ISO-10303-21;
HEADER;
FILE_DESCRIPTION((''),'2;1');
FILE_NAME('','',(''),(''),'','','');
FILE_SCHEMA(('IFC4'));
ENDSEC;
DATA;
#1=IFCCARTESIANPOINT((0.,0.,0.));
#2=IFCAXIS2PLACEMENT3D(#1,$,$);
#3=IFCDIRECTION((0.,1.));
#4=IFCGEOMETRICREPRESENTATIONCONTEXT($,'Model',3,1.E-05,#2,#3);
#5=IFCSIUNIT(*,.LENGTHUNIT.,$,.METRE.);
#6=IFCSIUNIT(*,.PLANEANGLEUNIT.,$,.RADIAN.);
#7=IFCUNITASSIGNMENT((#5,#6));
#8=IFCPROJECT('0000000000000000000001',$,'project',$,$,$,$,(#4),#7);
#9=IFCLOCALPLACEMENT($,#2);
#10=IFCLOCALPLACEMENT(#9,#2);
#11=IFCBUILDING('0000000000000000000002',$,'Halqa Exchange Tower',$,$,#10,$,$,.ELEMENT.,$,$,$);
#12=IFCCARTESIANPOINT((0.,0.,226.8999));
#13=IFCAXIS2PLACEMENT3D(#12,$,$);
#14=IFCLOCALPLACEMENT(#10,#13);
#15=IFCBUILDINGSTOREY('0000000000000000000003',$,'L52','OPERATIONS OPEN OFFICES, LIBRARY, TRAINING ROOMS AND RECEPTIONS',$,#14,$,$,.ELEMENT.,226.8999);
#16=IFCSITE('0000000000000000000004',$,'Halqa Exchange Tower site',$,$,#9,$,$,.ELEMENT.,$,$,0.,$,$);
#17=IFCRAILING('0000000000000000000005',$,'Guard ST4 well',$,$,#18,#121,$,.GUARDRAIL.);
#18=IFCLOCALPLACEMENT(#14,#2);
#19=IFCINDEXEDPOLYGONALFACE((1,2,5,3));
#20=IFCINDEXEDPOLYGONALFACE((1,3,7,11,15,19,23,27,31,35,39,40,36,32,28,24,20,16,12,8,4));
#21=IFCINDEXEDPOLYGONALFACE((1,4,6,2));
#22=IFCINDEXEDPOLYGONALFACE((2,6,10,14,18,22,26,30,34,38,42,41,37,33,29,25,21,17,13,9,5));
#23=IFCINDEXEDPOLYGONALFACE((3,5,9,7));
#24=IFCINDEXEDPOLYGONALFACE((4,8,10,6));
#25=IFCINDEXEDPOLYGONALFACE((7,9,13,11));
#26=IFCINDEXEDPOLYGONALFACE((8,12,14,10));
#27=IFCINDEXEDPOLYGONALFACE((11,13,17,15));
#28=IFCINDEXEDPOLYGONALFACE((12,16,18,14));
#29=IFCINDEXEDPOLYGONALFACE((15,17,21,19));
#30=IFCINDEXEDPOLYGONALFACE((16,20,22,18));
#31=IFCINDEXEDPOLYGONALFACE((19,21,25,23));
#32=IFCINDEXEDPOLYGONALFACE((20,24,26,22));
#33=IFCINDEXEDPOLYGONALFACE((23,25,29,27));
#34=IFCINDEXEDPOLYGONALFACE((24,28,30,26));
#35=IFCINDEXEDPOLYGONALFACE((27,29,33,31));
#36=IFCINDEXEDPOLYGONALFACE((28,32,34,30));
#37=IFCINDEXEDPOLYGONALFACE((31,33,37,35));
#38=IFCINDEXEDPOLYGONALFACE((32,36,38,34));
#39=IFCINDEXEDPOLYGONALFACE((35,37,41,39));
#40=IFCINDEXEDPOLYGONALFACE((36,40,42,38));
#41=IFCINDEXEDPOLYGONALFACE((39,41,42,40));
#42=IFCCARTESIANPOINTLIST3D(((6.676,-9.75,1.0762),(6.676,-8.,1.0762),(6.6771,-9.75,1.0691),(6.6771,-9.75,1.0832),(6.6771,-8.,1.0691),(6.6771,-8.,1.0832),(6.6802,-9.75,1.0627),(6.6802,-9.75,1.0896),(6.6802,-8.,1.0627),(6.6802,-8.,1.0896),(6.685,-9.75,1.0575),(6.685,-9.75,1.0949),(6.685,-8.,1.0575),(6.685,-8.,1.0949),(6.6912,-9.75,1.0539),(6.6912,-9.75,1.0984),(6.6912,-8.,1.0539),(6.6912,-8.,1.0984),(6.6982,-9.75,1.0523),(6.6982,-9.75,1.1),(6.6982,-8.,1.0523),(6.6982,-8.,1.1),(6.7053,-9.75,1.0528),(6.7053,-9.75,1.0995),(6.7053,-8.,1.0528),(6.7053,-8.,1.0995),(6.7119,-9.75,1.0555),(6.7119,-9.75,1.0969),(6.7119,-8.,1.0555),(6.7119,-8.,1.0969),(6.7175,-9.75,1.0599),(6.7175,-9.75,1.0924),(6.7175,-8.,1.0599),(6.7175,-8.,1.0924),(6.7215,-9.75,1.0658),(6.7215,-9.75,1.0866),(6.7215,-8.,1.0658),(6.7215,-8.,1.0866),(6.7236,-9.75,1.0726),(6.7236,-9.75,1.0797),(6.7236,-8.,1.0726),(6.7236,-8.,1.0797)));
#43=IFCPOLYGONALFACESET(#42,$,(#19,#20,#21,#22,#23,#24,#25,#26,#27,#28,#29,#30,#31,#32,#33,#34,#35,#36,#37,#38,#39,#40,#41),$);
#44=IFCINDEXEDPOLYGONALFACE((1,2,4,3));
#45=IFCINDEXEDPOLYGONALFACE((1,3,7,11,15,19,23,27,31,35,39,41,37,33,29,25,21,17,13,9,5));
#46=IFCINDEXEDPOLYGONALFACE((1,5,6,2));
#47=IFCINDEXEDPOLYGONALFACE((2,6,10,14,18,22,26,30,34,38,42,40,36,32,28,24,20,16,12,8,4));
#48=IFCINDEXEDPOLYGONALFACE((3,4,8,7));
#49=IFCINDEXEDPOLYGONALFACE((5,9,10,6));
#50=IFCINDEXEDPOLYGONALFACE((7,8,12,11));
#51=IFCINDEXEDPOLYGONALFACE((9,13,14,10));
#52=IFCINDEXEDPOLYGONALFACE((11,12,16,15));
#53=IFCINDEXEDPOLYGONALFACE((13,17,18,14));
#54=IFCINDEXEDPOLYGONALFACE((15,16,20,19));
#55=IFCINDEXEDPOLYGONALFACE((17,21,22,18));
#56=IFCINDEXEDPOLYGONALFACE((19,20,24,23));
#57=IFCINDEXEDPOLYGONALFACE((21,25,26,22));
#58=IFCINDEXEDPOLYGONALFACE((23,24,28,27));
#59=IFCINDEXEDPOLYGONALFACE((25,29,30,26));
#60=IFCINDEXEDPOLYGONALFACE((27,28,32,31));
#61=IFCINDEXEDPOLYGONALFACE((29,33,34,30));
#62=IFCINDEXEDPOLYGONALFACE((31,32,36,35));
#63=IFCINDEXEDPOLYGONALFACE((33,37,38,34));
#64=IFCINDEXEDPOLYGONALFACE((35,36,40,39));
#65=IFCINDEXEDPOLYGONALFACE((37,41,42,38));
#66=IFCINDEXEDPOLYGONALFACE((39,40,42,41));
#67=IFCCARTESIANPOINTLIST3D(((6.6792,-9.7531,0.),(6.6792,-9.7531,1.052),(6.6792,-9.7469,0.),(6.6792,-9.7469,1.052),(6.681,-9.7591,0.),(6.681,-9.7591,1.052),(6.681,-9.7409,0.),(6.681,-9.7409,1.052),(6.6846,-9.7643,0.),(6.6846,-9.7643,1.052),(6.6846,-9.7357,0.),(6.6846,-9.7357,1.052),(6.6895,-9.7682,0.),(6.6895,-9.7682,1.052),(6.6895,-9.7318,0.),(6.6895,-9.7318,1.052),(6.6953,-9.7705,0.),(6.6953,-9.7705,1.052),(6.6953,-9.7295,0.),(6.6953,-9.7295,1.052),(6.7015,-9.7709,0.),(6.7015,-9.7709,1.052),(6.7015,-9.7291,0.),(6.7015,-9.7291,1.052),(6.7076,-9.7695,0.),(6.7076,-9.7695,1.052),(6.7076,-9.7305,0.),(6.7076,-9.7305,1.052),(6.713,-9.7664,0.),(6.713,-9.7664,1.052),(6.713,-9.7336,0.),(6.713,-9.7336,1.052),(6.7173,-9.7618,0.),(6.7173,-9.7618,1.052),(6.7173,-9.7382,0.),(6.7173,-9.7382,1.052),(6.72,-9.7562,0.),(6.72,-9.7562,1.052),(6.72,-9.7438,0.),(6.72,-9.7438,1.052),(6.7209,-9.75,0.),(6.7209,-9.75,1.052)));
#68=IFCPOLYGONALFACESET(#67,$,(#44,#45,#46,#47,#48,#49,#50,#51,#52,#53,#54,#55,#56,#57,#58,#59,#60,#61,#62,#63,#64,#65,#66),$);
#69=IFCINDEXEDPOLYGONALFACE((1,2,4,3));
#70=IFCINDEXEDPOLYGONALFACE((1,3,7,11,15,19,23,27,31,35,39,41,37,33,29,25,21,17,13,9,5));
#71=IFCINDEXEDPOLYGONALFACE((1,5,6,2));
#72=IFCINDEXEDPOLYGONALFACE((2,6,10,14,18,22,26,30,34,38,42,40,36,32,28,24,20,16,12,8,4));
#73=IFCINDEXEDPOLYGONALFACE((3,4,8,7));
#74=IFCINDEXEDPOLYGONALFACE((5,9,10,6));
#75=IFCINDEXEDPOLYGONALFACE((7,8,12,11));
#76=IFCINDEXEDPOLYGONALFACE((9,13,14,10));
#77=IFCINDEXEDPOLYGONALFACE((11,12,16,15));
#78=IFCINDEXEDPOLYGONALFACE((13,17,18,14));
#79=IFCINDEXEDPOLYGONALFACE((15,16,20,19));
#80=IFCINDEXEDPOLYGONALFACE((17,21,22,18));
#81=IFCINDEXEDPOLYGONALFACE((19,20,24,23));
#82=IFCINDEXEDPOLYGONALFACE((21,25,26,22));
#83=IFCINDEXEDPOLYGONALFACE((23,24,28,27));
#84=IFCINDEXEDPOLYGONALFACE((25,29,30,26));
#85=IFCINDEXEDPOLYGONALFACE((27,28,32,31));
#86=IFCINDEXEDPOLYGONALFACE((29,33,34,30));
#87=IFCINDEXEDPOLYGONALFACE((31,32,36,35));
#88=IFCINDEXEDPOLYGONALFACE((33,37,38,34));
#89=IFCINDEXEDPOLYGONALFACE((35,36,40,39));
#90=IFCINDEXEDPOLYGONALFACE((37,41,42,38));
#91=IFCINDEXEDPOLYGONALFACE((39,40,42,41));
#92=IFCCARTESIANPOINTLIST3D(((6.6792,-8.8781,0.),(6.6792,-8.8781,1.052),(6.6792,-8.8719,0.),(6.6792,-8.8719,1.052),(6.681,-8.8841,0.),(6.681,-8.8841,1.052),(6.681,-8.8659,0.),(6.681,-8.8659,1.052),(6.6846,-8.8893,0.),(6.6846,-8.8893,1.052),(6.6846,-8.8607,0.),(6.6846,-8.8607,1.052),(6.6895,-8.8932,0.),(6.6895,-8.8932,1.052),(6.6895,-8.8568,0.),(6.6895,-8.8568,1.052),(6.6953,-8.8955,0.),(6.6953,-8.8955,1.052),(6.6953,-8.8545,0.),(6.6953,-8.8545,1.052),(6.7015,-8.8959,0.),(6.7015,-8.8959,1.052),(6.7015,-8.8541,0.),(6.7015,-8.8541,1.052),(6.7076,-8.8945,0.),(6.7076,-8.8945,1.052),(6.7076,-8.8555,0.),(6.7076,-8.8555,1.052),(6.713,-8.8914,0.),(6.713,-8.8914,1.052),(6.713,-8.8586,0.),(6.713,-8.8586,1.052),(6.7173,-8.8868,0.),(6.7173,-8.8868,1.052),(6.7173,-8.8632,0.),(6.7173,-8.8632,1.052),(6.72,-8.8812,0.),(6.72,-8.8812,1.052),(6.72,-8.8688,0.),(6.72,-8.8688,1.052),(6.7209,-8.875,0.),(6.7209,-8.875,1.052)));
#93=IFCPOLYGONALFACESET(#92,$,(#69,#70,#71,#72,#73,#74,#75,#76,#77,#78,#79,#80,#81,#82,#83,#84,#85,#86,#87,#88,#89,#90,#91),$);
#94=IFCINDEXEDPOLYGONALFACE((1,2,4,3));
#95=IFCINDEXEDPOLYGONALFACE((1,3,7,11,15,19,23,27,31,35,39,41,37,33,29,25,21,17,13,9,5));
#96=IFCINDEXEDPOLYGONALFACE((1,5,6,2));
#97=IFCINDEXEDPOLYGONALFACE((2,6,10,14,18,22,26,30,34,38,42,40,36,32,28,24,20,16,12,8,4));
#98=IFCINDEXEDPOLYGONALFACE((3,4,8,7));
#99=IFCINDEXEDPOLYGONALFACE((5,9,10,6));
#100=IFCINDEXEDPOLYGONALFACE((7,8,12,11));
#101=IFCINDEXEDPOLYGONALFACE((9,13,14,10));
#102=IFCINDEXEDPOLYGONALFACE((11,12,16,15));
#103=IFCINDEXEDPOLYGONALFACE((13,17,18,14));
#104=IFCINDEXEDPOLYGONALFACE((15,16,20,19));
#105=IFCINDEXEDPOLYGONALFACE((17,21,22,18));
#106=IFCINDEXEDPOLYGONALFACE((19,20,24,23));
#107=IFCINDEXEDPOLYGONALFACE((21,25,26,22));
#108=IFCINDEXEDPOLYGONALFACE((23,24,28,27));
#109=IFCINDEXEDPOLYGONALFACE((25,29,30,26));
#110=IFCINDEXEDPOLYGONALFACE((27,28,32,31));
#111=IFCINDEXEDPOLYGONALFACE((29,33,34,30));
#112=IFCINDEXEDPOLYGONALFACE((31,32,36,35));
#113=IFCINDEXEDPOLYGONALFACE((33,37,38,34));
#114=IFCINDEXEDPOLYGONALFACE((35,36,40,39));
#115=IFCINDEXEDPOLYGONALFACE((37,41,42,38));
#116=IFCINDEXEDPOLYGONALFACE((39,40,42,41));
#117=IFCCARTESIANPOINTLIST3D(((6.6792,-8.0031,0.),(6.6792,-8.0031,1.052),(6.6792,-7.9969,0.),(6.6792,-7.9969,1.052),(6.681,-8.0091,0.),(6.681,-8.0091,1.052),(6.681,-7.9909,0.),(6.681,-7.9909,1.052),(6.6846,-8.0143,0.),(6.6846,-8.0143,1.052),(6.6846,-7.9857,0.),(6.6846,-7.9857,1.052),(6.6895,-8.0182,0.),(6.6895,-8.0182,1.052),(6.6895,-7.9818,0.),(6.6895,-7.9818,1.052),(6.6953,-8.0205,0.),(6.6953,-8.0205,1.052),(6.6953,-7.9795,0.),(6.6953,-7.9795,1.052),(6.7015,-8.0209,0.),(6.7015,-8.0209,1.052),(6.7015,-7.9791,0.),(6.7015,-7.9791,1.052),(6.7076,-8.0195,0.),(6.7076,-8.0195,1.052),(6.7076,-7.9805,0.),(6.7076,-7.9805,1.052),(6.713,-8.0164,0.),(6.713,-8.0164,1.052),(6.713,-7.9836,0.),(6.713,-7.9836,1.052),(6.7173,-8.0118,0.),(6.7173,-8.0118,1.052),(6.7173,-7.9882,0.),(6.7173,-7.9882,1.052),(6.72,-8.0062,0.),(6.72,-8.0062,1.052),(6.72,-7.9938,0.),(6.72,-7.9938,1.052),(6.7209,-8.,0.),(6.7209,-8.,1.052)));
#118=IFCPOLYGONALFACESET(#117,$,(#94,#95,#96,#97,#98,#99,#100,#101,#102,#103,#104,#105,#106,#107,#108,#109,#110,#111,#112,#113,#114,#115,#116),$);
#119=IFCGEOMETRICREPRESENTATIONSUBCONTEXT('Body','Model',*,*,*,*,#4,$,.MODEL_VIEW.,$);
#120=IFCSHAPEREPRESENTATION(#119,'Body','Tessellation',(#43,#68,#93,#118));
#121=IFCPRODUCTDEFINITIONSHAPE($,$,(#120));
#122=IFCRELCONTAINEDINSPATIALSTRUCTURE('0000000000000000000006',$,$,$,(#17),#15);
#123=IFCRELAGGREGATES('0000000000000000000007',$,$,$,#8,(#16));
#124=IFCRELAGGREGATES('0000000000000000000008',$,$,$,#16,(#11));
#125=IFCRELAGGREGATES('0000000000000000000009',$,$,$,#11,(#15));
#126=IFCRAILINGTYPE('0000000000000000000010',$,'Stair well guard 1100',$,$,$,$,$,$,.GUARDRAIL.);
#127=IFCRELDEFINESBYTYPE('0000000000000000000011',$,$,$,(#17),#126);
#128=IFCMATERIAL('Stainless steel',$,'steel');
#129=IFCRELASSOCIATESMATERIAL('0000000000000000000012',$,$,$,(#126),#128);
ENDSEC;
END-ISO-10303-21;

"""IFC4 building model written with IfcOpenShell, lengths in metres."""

from ifc_helpers import new_model, si_unit, direction, frame, origin, origin_2d, place, context, subcontext, project, spatial, circle, extrude, material, type_object, element, save


model = new_model("IFC4")

# Units and contexts
model_context = context("Model", 3, precision=1e-05, world=origin(), true_north=direction((0.0, 1.0)))
body_context = subcontext(model_context, "Body", "Model", "MODEL_VIEW")
ifc_project = project(units=[si_unit("LENGTHUNIT", "METRE"), si_unit("PLANEANGLEUNIT", "RADIAN")], contexts=[model_context])

# Site, building, storey
site_placement = place(None, origin())
site = spatial("IfcSite", under=ifc_project, at=site_placement, Name="Halqa Exchange Tower site", CompositionType="ELEMENT", RefElevation=0.0)
building_placement = place(site_placement, origin())
building = spatial("IfcBuilding", under=site, at=building_placement, Name="Halqa Exchange Tower", CompositionType="ELEMENT")
storey_placement = place(building_placement, frame((0.0, 0.0, 226.8999)))
storey = spatial("IfcBuildingStorey", under=building, at=storey_placement, Name="L52", Description="OPERATIONS OPEN OFFICES, LIBRARY, TRAINING ROOMS AND RECEPTIONS", CompositionType="ELEMENT", Elevation=226.8999)

# Railing
ifc_material_1 = material(Name="Stainless steel", Category="steel")
railing_type_1 = type_object("IfcRailingType", Name="Stair well guard 1100", PredefinedType="GUARDRAIL", material=ifc_material_1)
railing_1_placement = place(storey_placement, frame((6.7, -9.75, 0.0)))
element("IfcRailing", 1, at=railing_1_placement, inside=storey, type_object=railing_type_1, Name="Guard ST4 well", PredefinedType="GUARDRAIL", context=body_context, shape_type="SweptSolid", body=[
    extrude(circle(Radius=0.0239, at=origin_2d()), frame((0.0, 0.0, 1.0762), z_axis=(0.0, 1.0, 0.0), x_axis=(-1.0, 0.0, 0.0)), (0.0, 0.0, 1.0), 1.75),
    extrude(circle(Radius=0.021, at=origin_2d()), origin(), (0.0, 0.0, 1.0), 1.052),
    extrude(circle(Radius=0.021, at=origin_2d()), frame((0.0, 0.875, 0.0)), (0.0, 0.0, 1.0), 1.052),
    extrude(circle(Radius=0.021, at=origin_2d()), frame((0.0, 1.75, 0.0)), (0.0, 0.0, 1.0), 1.052),
])

save(model, "model.ifc")
